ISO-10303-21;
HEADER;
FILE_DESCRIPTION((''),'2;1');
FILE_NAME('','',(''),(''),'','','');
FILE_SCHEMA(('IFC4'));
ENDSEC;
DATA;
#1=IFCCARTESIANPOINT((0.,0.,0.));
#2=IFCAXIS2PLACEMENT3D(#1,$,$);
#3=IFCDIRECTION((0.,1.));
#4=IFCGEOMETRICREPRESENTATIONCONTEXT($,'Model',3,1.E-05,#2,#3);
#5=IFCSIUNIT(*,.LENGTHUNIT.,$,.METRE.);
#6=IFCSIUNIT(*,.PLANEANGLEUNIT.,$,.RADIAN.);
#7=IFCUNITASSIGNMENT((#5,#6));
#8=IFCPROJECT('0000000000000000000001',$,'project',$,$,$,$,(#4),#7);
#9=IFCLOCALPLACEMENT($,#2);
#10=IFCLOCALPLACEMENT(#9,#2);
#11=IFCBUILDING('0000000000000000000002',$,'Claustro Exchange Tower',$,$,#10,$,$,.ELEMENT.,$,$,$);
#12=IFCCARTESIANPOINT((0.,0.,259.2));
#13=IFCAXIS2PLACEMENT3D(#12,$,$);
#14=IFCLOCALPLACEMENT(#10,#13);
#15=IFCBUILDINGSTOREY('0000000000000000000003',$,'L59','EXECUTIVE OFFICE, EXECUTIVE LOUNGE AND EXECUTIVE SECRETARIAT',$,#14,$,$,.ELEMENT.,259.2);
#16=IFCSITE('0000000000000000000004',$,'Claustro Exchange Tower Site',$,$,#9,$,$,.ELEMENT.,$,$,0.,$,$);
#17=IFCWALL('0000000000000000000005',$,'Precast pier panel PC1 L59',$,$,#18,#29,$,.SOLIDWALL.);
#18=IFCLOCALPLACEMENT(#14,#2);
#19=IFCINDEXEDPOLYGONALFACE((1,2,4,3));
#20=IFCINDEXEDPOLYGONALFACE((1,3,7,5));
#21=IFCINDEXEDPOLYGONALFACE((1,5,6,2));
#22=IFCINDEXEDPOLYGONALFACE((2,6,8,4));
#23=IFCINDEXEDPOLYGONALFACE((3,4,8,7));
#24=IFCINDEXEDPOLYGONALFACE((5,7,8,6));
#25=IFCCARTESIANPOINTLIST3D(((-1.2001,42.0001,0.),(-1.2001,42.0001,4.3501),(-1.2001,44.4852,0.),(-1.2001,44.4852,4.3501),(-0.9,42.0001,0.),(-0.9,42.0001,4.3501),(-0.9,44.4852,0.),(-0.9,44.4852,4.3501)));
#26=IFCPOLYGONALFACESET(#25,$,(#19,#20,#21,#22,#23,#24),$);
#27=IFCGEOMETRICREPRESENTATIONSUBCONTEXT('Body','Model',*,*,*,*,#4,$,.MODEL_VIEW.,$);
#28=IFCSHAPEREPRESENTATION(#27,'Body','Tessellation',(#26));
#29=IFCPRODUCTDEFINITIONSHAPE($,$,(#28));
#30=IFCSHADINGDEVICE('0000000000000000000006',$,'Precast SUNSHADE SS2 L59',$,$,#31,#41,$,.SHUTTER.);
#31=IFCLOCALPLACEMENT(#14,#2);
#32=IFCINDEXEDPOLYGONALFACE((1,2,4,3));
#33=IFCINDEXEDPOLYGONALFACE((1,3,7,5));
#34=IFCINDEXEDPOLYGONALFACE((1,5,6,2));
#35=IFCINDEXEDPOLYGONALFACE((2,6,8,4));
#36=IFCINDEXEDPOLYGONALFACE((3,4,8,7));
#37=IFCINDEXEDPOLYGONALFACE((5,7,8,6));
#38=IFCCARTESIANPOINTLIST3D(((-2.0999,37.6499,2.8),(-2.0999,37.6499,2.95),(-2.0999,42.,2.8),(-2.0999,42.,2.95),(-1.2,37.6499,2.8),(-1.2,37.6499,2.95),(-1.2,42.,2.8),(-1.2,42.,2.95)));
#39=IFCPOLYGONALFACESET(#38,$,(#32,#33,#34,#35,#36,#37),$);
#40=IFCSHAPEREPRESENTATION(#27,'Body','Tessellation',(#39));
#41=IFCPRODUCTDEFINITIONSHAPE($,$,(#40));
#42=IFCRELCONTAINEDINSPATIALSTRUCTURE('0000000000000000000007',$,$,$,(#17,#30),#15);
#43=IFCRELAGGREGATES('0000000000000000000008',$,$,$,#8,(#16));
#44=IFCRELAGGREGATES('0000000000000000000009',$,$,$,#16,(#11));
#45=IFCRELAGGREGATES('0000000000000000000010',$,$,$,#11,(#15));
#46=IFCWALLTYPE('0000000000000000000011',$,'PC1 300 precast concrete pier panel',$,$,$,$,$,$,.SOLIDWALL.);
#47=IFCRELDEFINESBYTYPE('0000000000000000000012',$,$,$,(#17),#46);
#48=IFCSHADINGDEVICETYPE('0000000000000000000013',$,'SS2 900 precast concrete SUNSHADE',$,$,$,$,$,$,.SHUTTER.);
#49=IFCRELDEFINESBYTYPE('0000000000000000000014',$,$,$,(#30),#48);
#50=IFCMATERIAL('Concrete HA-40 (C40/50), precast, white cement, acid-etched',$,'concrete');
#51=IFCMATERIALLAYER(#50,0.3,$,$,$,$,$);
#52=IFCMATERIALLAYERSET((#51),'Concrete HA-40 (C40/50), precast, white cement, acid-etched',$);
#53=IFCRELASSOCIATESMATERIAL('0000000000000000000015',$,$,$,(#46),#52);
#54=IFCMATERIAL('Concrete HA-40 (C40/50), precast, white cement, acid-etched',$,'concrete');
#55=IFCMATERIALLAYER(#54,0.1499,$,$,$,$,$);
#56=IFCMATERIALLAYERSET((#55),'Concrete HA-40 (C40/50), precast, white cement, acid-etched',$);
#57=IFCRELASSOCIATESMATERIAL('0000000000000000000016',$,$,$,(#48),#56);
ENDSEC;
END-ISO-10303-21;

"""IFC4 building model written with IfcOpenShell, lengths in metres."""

from ifc_helpers import new_model, si_unit, direction, frame, frame_2d, origin, origin_2d, place, context, subcontext, project, spatial, rectangle, extrude, material, layer, layer_set, type_object, element, save


model = new_model("IFC4")

# Units and contexts
model_context = context("Model", 3, precision=1e-05, world=origin(), true_north=direction((0.0, 1.0)))
body_context = subcontext(model_context, "Body", "Model", "MODEL_VIEW")
ifc_project = project(units=[si_unit("LENGTHUNIT", "METRE"), si_unit("PLANEANGLEUNIT", "RADIAN")], contexts=[model_context])

# Site, building, storey
site_placement = place(None, origin())
site = spatial("IfcSite", under=ifc_project, at=site_placement, Name="Claustro Exchange Tower Site", CompositionType="ELEMENT", RefElevation=0.0)
building_placement = place(site_placement, origin())
building = spatial("IfcBuilding", under=site, at=building_placement, Name="Claustro Exchange Tower", CompositionType="ELEMENT")
storey_placement = place(building_placement, frame((0.0, 0.0, 259.2)))
storey = spatial("IfcBuildingStorey", under=building, at=storey_placement, Name="L59", Description="EXECUTIVE OFFICE, EXECUTIVE LOUNGE AND EXECUTIVE SECRETARIAT", CompositionType="ELEMENT", Elevation=259.2)

# Shared definitions
ifc_material_1 = material(Name="Concrete HA-40 (C40/50), precast, white cement, acid-etched", Category="concrete")
ifc_layer_1 = layer(ifc_material_1, 0.3)
ifc_layer_set_1 = layer_set([ifc_layer_1], Name="Concrete HA-40 (C40/50), precast, white cement, acid-etched")
wall_type_1 = type_object("IfcWallType", Name="PC1 300 precast concrete pier panel", PredefinedType="SOLIDWALL", material=ifc_layer_set_1)

# Wall
wall_1_placement = place(storey_placement, frame((-1.05, 42.0, 0.0), z_axis=(0.0, 0.0, 1.0), x_axis=(0.0, 1.0, 0.0)))
element("IfcWall", 1, at=wall_1_placement, inside=storey, type_object=wall_type_1, Name="Precast pier panel PC1 L59", PredefinedType="SOLIDWALL", context=body_context, shape_type="SweptSolid", body=[
    extrude(rectangle(XDim=2.4851, YDim=0.3, at=frame_2d((1.2427, 0.0))), origin(), (0.0, 0.0, 1.0), 4.3501),
])

# Shading device
ifc_material_2 = material(Name="Concrete HA-40 (C40/50), precast, white cement, acid-etched", Category="concrete")
ifc_layer_2 = layer(ifc_material_2, 0.1499)
ifc_layer_set_2 = layer_set([ifc_layer_2], Name="Concrete HA-40 (C40/50), precast, white cement, acid-etched")
shading_device_type = type_object("IfcShadingDeviceType", Name="SS2 900 precast concrete SUNSHADE", PredefinedType="SHUTTER", material=ifc_layer_set_2)
shading_device_placement = place(storey_placement, frame((-1.6499, 39.825, 2.8), z_axis=(0.0, 0.0, 1.0), x_axis=(0.0, 1.0, 0.0)))
element("IfcShadingDevice", 2, at=shading_device_placement, inside=storey, type_object=shading_device_type, Name="Precast SUNSHADE SS2 L59", PredefinedType="SHUTTER", context=body_context, shape_type="SweptSolid", body=[
    extrude(rectangle(XDim=4.3501, YDim=0.8999, at=origin_2d()), origin(), (0.0, 0.0, 1.0), 0.1499),
])

save(model, "model.ifc")
